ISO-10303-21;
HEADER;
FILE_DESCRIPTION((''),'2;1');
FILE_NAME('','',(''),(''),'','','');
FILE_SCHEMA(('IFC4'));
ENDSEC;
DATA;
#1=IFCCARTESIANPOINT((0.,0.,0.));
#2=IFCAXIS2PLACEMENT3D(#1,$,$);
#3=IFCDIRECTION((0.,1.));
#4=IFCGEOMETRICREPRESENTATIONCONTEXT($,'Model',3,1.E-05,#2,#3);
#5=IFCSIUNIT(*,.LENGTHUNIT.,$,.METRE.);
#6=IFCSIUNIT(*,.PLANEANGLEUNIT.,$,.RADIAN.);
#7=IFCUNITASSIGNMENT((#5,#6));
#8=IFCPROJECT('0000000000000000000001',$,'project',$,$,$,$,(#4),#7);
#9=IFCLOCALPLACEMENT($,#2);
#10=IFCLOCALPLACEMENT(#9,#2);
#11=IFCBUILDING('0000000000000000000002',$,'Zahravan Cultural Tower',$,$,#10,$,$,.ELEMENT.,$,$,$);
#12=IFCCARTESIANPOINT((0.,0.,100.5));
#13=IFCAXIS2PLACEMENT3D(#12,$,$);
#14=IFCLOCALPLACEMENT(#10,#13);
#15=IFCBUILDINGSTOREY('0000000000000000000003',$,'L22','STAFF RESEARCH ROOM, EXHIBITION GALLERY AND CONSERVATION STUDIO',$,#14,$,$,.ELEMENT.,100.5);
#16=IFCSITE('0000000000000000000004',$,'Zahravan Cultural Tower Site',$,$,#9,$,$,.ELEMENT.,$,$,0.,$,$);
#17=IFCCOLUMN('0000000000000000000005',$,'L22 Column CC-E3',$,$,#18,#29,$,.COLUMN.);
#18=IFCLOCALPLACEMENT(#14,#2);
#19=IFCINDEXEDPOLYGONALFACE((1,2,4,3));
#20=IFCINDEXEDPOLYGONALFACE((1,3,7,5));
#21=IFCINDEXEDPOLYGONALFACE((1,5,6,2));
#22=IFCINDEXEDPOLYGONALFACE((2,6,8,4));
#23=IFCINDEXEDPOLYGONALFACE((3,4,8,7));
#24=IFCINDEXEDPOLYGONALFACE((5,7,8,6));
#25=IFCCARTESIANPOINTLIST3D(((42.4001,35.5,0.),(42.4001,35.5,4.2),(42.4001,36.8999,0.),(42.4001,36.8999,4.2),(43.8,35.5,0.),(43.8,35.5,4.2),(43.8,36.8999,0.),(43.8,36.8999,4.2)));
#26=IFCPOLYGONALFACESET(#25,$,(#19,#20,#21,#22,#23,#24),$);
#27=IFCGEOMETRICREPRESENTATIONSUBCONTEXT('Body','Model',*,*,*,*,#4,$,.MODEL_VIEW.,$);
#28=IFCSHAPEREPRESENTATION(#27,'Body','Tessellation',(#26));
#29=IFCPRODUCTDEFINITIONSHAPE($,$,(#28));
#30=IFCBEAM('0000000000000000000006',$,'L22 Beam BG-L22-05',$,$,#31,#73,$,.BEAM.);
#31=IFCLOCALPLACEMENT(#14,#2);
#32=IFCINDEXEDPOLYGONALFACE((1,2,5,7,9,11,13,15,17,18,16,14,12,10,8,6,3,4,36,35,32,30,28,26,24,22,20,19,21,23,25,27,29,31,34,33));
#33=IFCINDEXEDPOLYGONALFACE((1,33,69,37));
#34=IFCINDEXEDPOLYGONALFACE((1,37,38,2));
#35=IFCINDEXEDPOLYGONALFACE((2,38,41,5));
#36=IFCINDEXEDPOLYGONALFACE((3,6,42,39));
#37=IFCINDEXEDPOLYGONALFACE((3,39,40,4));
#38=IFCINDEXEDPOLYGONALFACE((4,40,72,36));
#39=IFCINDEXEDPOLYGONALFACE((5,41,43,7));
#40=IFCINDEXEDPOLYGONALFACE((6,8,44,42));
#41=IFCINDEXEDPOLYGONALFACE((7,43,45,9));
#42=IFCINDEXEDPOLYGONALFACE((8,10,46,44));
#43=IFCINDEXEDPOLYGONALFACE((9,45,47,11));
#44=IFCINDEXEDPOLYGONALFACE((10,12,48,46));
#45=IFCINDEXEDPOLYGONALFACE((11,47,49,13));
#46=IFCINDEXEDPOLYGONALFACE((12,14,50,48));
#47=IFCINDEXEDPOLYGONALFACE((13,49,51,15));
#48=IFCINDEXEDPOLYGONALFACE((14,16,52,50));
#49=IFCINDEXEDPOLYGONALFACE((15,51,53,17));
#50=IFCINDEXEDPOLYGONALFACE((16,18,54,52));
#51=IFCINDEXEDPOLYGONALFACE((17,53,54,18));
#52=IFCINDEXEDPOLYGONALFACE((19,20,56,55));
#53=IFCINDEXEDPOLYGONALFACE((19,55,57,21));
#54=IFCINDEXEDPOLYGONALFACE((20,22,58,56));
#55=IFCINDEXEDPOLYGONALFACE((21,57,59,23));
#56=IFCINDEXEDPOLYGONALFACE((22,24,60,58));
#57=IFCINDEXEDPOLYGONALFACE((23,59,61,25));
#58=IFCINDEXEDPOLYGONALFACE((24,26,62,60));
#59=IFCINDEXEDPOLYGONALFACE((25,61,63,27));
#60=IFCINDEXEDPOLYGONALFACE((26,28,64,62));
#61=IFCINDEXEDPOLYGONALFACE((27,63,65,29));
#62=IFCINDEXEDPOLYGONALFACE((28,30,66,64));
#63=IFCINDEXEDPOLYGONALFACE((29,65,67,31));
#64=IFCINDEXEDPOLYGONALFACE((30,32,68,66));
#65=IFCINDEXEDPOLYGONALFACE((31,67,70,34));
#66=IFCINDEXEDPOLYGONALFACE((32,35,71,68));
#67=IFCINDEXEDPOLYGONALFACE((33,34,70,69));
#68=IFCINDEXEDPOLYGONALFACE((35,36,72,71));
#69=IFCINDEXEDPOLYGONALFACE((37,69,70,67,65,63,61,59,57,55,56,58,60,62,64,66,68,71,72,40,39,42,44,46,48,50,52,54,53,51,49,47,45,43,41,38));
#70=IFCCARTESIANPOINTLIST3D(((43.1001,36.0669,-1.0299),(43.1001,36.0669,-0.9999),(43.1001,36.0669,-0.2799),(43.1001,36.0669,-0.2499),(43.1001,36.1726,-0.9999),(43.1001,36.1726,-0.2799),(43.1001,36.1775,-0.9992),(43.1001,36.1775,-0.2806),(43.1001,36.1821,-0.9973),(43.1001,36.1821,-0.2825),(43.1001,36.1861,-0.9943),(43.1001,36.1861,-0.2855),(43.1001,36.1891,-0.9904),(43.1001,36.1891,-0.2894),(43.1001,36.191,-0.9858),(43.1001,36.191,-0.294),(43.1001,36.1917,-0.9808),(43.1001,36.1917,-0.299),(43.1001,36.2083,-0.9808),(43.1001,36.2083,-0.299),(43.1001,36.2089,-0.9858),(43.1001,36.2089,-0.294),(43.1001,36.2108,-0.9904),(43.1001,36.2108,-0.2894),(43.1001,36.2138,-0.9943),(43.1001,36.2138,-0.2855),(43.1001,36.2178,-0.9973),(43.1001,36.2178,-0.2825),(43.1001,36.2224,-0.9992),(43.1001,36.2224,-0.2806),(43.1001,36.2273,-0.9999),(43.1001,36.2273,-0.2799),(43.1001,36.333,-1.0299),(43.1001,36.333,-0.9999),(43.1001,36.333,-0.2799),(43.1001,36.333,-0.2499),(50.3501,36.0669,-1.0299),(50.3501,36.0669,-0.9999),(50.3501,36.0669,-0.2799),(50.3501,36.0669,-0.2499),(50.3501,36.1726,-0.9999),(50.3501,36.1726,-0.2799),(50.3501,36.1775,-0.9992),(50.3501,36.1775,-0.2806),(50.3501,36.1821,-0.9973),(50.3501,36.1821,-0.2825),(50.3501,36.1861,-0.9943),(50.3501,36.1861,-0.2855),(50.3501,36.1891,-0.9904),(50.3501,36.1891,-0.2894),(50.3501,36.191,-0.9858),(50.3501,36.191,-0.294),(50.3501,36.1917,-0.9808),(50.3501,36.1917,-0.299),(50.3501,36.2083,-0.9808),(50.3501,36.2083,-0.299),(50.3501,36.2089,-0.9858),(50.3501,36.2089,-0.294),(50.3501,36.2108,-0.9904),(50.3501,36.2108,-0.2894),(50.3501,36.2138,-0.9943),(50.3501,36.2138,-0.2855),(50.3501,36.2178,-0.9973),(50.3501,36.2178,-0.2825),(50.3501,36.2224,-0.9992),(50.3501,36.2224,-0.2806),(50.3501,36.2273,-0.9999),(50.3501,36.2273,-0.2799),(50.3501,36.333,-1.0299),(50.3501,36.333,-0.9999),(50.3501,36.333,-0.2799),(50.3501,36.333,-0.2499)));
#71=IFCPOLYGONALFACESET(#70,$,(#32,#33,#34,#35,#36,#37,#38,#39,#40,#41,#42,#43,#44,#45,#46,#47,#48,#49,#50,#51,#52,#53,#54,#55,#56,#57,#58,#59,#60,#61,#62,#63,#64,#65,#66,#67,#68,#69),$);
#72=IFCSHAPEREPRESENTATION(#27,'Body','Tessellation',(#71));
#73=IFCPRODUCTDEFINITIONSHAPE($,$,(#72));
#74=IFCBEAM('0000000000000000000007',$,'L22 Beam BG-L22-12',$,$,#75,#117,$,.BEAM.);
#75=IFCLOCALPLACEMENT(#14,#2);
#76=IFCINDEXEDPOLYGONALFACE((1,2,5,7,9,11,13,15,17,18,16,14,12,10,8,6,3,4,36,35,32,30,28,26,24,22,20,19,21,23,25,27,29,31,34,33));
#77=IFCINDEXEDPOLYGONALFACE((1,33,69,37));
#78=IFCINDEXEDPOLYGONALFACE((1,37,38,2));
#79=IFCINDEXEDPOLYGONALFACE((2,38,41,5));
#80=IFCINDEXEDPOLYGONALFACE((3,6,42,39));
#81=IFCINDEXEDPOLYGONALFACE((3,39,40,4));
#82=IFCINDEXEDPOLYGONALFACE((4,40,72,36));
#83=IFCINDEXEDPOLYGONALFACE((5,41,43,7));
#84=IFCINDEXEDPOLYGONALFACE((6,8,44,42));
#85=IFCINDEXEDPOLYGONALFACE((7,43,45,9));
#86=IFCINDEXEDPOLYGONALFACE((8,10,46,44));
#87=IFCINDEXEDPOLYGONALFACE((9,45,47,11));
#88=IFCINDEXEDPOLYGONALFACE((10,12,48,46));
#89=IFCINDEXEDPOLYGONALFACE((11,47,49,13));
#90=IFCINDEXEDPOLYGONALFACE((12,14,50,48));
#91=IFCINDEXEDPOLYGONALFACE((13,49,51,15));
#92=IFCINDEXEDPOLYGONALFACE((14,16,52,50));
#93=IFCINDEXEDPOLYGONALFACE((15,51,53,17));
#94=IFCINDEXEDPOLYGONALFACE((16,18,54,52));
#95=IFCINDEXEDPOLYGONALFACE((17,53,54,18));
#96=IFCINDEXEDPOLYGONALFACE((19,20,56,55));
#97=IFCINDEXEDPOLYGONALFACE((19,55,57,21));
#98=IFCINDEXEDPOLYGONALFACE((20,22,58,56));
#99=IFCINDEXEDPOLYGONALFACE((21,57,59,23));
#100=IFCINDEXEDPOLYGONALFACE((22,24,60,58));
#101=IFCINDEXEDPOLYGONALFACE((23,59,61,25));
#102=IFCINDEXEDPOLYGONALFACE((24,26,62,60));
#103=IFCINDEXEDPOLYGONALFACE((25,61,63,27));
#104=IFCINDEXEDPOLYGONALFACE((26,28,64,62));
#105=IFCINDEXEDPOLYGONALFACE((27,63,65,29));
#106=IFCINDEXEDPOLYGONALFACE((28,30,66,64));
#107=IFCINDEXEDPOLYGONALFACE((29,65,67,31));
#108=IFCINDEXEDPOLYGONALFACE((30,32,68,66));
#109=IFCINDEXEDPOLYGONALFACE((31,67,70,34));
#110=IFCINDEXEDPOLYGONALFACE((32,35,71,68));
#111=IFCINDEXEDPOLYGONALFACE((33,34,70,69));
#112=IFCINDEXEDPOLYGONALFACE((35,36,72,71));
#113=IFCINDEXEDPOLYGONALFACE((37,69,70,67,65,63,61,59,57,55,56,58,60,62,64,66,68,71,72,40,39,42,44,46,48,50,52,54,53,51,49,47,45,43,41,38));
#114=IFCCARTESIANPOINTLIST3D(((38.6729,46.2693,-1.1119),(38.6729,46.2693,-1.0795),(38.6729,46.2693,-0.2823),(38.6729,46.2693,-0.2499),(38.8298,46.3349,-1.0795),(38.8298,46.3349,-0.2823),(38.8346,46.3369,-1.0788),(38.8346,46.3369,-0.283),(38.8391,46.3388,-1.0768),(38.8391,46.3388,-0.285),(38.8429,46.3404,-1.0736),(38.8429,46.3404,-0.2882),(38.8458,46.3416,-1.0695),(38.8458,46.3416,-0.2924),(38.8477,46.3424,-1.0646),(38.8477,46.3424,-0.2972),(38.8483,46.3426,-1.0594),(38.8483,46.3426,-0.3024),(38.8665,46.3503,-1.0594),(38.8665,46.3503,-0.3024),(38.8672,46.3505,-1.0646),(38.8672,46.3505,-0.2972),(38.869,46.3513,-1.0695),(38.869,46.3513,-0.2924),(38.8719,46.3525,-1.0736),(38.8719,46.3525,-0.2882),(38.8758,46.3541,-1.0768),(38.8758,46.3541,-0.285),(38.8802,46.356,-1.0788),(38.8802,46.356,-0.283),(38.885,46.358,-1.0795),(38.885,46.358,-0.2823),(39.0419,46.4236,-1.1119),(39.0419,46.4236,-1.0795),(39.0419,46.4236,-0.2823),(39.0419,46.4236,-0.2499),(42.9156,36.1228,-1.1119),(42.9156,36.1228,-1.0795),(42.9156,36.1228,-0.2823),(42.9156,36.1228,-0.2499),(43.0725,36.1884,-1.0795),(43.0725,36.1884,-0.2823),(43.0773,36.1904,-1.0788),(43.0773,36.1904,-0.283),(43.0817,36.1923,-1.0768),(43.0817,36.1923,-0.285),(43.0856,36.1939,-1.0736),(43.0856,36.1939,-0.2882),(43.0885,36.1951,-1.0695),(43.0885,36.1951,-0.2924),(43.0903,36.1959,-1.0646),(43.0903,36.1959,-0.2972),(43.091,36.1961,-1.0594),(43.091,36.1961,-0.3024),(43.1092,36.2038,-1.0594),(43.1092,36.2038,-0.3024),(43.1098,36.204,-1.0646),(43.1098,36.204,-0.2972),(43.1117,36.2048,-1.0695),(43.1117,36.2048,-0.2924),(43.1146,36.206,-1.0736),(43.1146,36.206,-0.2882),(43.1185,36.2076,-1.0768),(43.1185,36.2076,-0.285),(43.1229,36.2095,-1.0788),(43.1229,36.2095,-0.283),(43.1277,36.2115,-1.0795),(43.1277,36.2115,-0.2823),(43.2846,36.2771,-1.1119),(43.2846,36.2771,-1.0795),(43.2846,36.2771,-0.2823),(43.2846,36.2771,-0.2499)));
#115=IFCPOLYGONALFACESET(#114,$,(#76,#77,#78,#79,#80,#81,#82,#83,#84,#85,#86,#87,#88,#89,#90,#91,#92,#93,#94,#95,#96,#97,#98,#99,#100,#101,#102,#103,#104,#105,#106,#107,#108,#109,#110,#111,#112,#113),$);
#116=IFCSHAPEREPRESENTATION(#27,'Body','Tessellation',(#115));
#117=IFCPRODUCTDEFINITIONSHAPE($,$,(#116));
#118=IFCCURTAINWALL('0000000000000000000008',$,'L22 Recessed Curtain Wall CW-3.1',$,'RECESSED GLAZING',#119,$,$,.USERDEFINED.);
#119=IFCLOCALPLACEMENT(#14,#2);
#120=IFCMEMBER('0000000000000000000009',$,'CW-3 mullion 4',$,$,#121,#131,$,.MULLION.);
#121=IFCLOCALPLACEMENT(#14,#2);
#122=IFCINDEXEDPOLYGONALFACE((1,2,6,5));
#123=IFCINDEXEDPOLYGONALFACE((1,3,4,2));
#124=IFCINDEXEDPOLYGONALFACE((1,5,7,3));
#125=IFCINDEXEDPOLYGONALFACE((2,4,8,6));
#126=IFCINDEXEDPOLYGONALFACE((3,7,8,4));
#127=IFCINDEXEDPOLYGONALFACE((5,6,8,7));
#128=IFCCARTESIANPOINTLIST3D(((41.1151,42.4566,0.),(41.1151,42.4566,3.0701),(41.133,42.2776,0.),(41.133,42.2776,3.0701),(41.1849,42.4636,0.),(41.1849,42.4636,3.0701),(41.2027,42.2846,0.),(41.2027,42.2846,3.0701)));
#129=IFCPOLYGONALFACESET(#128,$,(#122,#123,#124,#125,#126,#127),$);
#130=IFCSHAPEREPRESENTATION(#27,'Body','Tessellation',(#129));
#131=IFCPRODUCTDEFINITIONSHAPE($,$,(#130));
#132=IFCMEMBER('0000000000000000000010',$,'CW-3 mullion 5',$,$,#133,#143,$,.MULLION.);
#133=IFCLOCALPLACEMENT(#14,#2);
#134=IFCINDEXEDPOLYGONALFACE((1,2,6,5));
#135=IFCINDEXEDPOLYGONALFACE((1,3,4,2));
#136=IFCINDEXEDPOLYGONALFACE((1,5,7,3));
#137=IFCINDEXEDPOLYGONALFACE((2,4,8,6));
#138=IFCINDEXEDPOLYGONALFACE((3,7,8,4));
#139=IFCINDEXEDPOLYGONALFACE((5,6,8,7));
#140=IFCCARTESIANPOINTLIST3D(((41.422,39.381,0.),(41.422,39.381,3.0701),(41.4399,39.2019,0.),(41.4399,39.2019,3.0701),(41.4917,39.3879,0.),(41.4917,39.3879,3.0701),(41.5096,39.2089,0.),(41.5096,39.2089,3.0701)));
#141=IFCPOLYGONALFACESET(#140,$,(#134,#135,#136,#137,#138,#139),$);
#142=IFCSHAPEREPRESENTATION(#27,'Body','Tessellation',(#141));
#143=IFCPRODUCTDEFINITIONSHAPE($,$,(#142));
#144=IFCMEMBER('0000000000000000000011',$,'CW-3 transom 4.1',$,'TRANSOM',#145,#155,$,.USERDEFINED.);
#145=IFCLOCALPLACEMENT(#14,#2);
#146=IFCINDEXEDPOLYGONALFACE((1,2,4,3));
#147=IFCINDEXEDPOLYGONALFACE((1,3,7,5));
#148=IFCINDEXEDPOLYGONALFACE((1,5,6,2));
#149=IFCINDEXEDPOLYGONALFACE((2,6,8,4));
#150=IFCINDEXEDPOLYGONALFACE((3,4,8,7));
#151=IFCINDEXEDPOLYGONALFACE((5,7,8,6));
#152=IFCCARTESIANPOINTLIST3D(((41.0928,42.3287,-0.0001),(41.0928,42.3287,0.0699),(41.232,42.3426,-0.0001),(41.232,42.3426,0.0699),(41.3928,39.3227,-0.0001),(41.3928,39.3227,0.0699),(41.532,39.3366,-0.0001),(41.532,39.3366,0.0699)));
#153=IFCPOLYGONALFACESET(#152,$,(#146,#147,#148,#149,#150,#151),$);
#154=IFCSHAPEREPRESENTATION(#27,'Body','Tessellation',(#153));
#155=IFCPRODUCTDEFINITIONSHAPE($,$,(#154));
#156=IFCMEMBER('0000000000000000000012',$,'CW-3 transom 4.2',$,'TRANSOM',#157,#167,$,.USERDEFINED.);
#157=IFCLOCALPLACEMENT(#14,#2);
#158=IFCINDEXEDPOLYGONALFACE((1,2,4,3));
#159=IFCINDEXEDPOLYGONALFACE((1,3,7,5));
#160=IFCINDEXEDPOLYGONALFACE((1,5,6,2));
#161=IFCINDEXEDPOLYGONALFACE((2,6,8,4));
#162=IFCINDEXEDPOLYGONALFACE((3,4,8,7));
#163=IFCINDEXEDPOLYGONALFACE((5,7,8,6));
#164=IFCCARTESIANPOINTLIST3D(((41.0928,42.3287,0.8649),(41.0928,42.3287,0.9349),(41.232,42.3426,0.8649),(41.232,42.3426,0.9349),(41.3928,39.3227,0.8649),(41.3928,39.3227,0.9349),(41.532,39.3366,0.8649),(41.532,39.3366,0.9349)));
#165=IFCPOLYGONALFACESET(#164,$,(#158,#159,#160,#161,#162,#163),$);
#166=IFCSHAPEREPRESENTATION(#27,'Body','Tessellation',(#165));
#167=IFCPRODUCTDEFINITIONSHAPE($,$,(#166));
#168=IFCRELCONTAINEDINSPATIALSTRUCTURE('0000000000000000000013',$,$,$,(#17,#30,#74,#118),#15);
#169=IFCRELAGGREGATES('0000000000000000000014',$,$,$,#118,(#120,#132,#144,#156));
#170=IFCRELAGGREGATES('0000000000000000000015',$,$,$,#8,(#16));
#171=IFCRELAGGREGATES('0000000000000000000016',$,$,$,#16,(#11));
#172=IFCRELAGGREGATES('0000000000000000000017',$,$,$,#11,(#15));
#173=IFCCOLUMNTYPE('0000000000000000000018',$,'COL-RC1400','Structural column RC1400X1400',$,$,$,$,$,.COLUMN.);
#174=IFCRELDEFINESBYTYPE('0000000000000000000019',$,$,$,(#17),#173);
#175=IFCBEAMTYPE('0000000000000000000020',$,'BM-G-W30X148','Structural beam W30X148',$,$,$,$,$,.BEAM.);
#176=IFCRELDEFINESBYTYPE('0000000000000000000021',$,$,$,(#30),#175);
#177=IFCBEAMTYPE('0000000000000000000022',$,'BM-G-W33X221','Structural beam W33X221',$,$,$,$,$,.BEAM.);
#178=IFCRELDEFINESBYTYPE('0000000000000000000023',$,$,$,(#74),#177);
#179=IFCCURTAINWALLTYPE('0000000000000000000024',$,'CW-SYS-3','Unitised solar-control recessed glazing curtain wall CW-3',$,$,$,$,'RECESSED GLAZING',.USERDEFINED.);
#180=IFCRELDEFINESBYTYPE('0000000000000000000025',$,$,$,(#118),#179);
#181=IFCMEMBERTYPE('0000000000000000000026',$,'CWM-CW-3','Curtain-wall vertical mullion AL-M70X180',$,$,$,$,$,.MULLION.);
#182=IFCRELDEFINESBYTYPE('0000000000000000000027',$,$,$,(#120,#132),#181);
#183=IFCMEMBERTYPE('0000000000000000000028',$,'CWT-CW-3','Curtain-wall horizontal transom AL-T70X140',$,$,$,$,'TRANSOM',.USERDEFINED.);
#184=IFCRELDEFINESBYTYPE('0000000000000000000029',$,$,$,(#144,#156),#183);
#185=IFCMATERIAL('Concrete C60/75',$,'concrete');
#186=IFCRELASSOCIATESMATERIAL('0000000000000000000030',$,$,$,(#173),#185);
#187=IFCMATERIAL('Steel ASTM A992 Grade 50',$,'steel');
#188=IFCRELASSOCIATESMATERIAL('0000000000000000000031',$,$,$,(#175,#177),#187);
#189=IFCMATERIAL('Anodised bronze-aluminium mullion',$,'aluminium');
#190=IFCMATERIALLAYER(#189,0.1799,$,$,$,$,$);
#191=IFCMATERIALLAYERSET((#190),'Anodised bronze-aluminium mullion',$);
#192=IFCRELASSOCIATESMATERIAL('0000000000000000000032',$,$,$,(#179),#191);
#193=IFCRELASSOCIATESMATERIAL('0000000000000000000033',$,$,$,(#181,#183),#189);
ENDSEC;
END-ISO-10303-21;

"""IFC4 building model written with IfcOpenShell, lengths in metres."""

from ifc_helpers import new_model, si_unit, direction, frame, origin, origin_2d, place, context, subcontext, project, spatial, rectangle, i_section, extrude, source, transform, mapped, material, layer, layer_set, material_profile, profile_set, type_object, element, aggregate, save


model = new_model("IFC4")

# Units and contexts
model_context = context("Model", 3, precision=1e-05, world=origin(), true_north=direction((0.0, 1.0)))
body_context = subcontext(model_context, "Body", "Model", "MODEL_VIEW")
ifc_project = project(units=[si_unit("LENGTHUNIT", "METRE"), si_unit("PLANEANGLEUNIT", "RADIAN")], contexts=[model_context])

# Site, building, storey
site_placement = place(None, origin())
site = spatial("IfcSite", under=ifc_project, at=site_placement, Name="Zahravan Cultural Tower Site", CompositionType="ELEMENT", RefElevation=0.0)
building_placement = place(site_placement, origin())
building = spatial("IfcBuilding", under=site, at=building_placement, Name="Zahravan Cultural Tower", CompositionType="ELEMENT")
storey_placement = place(building_placement, frame((0.0, 0.0, 100.5)))
storey = spatial("IfcBuildingStorey", under=building, at=storey_placement, Name="L22", Description="STAFF RESEARCH ROOM, EXHIBITION GALLERY AND CONSERVATION STUDIO", CompositionType="ELEMENT", Elevation=100.5)

# Column
ifc_material_1 = material(Name="Concrete C60/75", Category="concrete")
ifc_material_profile_1 = material_profile(ifc_material_1, rectangle(XDim=1.3999, YDim=1.3999, at=origin_2d()), Name="RC1400X1400")
ifc_profile_set_1 = profile_set([ifc_material_profile_1], Name="Concrete C60/75")
column_type = type_object("IfcColumnType", Name="COL-RC1400", Description="Structural column RC1400X1400", PredefinedType="COLUMN", material=ifc_profile_set_1)
shared_shape_1 = source(origin(), body_context, "Body", "SweptSolid", [
    extrude(rectangle(XDim=1.3999, YDim=1.3999, at=origin_2d()), origin(), (0.0, 0.0, 1.0), 4.2),
])
column_placement = place(storey_placement, frame((43.1001, 36.2, 0.0), z_axis=(0.0, 0.0, 1.0), x_axis=(1.0, 0.0, 0.0)))
element("IfcColumn", 1, at=column_placement, inside=storey, type_object=column_type, Name="L22 Column CC-E3", PredefinedType="COLUMN", context=body_context, shape_type="MappedRepresentation", body=[
    mapped(shared_shape_1, transform((0.0, 0.0, 0.0), x_axis=(1.0, 0.0, 0.0), y_axis=(0.0, 1.0, 0.0), z_axis=(0.0, 0.0, 1.0), scale=1.0)),
])

# Beams
ifc_material_2 = material(Name="Steel ASTM A992 Grade 50", Category="steel")
ifc_material_profile_2 = material_profile(ifc_material_2, i_section(OverallWidth=0.2661, OverallDepth=0.78, WebThickness=0.0166, FlangeThickness=0.03, FilletRadius=0.019, at=origin_2d()), Name="W30X148")
ifc_profile_set_2 = profile_set([ifc_material_profile_2], Name="Steel ASTM A992 Grade 50")
beam_type_1 = type_object("IfcBeamType", Name="BM-G-W30X148", Description="Structural beam W30X148", PredefinedType="BEAM", material=ifc_profile_set_2)
shared_shape_2 = source(origin(), body_context, "Body", "SweptSolid", [
    extrude(i_section(OverallWidth=0.2661, OverallDepth=0.78, WebThickness=0.0166, FlangeThickness=0.03, FilletRadius=0.019, at=origin_2d()), origin(), (0.0, 0.0, 1.0), 7.25),
])
beam_1_placement = place(storey_placement, frame((43.1001, 36.2, -0.6399), z_axis=(1.0, 0.0, 0.0), x_axis=(0.0, 1.0, 0.0)))
element("IfcBeam", 2, at=beam_1_placement, inside=storey, type_object=beam_type_1, Name="L22 Beam BG-L22-05", PredefinedType="BEAM", context=body_context, shape_type="MappedRepresentation", body=[
    mapped(shared_shape_2, transform((0.0, 0.0, 0.0), x_axis=(1.0, 0.0, 0.0), y_axis=(0.0, 1.0, 0.0), z_axis=(0.0, 0.0, 1.0), scale=1.0)),
])
ifc_material_profile_3 = material_profile(ifc_material_2, i_section(OverallWidth=0.3999, OverallDepth=0.8621, WebThickness=0.0198, FlangeThickness=0.0325, FilletRadius=0.02, at=origin_2d()), Name="W33X221")
ifc_profile_set_3 = profile_set([ifc_material_profile_3], Name="Steel ASTM A992 Grade 50")
beam_type_2 = type_object("IfcBeamType", Name="BM-G-W33X221", Description="Structural beam W33X221", PredefinedType="BEAM", material=ifc_profile_set_3)
shared_shape_3 = source(origin(), body_context, "Body", "SweptSolid", [
    extrude(i_section(OverallWidth=0.3999, OverallDepth=0.8621, WebThickness=0.0198, FlangeThickness=0.0325, FilletRadius=0.02, at=origin_2d()), origin(), (0.0, 0.0, 1.0), 10.9978),
])
beam_2_placement = place(storey_placement, frame((43.1001, 36.2, -0.6809), z_axis=(-0.385775, 0.922593, 0.0), x_axis=(-0.922593, -0.385775, 0.0)))
element("IfcBeam", 3, at=beam_2_placement, inside=storey, type_object=beam_type_2, Name="L22 Beam BG-L22-12", PredefinedType="BEAM", context=body_context, shape_type="MappedRepresentation", body=[
    mapped(shared_shape_3, transform((0.0, 0.0, 0.0), x_axis=(1.0, 0.0, 0.0), y_axis=(0.0, 1.0, 0.0), z_axis=(0.0, 0.0, 1.0), scale=1.0)),
])

# Curtain wall, members
ifc_material_3 = material(Name="Anodised bronze-aluminium mullion", Category="aluminium")
ifc_layer_1 = layer(ifc_material_3, 0.1799)
ifc_layer_set_1 = layer_set([ifc_layer_1], Name="Anodised bronze-aluminium mullion")
curtain_wall_type = type_object("IfcCurtainWallType", Name="CW-SYS-3", Description="Unitised solar-control recessed glazing curtain wall CW-3", ElementType="RECESSED GLAZING", PredefinedType="USERDEFINED", material=ifc_layer_set_1)
curtain_wall_placement = place(storey_placement, origin())
curtain_wall = element("IfcCurtainWall", 4, at=curtain_wall_placement, inside=storey, type_object=curtain_wall_type, Name="L22 Recessed Curtain Wall CW-3.1", ObjectType="RECESSED GLAZING", PredefinedType="USERDEFINED")
ifc_material_profile_4 = material_profile(ifc_material_3, rectangle(XDim=0.0701, YDim=0.1799, at=origin_2d()), Name="AL-M70X180")
ifc_profile_set_4 = profile_set([ifc_material_profile_4], Name="Anodised bronze-aluminium mullion")
member_type_1 = type_object("IfcMemberType", Name="CWM-CW-3", Description="Curtain-wall vertical mullion AL-M70X180", PredefinedType="MULLION", material=ifc_profile_set_4)
shared_shape_4 = source(origin(), body_context, "Body", "SweptSolid", [
    extrude(rectangle(XDim=0.0701, YDim=0.1799, at=origin_2d()), origin(), (0.0, 0.0, 1.0), 3.0701),
])
member_1_placement = place(storey_placement, frame((41.1589, 42.3706, 0.0), z_axis=(0.0, 0.0, 1.0), x_axis=(0.995055, 0.099322, 0.0)))
member_1 = element("IfcMember", 5, at=member_1_placement, type_object=member_type_1, Name="CW-3 mullion 4", PredefinedType="MULLION", context=body_context, shape_type="MappedRepresentation", body=[
    mapped(shared_shape_4, transform((0.0, 0.0, 0.0), x_axis=(1.0, 0.0, 0.0), y_axis=(0.0, 1.0, 0.0), z_axis=(0.0, 0.0, 1.0), scale=1.0)),
])
member_2_placement = place(storey_placement, frame((41.4658, 39.2949, 0.0), z_axis=(0.0, 0.0, 1.0), x_axis=(0.995055, 0.099322, 0.0)))
member_2 = element("IfcMember", 6, at=member_2_placement, type_object=member_type_1, Name="CW-3 mullion 5", PredefinedType="MULLION", context=body_context, shape_type="MappedRepresentation", body=[
    mapped(shared_shape_4, transform((0.0, 0.0, 0.0), x_axis=(1.0, 0.0, 0.0), y_axis=(0.0, 1.0, 0.0), z_axis=(0.0, 0.0, 1.0), scale=1.0)),
])
ifc_material_profile_5 = material_profile(ifc_material_3, rectangle(XDim=0.1399, YDim=0.0701, at=origin_2d()), Name="AL-T70X140")
ifc_profile_set_5 = profile_set([ifc_material_profile_5], Name="Anodised bronze-aluminium mullion")
member_type_2 = type_object("IfcMemberType", Name="CWT-CW-3", Description="Curtain-wall horizontal transom AL-T70X140", ElementType="TRANSOM", PredefinedType="USERDEFINED", material=ifc_profile_set_5)
shared_shape_5 = source(origin(), body_context, "Body", "SweptSolid", [
    extrude(rectangle(XDim=0.1399, YDim=0.0701, at=origin_2d()), origin(), (0.0, 0.0, 1.0), 3.021),
])
member_3_placement = place(storey_placement, frame((41.1624, 42.3357, 0.0349), z_axis=(0.09932, -0.995056, 0.0), x_axis=(0.995056, 0.09932, 0.0)))
member_3 = element("IfcMember", 7, at=member_3_placement, type_object=member_type_2, Name="CW-3 transom 4.1", ObjectType="TRANSOM", PredefinedType="USERDEFINED", context=body_context, shape_type="MappedRepresentation", body=[
    mapped(shared_shape_5, transform((0.0, 0.0, 0.0), x_axis=(1.0, 0.0, 0.0), y_axis=(0.0, 1.0, 0.0), z_axis=(0.0, 0.0, 1.0), scale=1.0)),
])
member_4_placement = place(storey_placement, frame((41.1624, 42.3357, 0.8999), z_axis=(0.09932, -0.995056, 0.0), x_axis=(0.995056, 0.09932, 0.0)))
member_4 = element("IfcMember", 8, at=member_4_placement, type_object=member_type_2, Name="CW-3 transom 4.2", ObjectType="TRANSOM", PredefinedType="USERDEFINED", context=body_context, shape_type="MappedRepresentation", body=[
    mapped(shared_shape_5, transform((0.0, 0.0, 0.0), x_axis=(1.0, 0.0, 0.0), y_axis=(0.0, 1.0, 0.0), z_axis=(0.0, 0.0, 1.0), scale=1.0)),
])
aggregate(curtain_wall, [member_1, member_2, member_3, member_4])

save(model, "model.ifc")
